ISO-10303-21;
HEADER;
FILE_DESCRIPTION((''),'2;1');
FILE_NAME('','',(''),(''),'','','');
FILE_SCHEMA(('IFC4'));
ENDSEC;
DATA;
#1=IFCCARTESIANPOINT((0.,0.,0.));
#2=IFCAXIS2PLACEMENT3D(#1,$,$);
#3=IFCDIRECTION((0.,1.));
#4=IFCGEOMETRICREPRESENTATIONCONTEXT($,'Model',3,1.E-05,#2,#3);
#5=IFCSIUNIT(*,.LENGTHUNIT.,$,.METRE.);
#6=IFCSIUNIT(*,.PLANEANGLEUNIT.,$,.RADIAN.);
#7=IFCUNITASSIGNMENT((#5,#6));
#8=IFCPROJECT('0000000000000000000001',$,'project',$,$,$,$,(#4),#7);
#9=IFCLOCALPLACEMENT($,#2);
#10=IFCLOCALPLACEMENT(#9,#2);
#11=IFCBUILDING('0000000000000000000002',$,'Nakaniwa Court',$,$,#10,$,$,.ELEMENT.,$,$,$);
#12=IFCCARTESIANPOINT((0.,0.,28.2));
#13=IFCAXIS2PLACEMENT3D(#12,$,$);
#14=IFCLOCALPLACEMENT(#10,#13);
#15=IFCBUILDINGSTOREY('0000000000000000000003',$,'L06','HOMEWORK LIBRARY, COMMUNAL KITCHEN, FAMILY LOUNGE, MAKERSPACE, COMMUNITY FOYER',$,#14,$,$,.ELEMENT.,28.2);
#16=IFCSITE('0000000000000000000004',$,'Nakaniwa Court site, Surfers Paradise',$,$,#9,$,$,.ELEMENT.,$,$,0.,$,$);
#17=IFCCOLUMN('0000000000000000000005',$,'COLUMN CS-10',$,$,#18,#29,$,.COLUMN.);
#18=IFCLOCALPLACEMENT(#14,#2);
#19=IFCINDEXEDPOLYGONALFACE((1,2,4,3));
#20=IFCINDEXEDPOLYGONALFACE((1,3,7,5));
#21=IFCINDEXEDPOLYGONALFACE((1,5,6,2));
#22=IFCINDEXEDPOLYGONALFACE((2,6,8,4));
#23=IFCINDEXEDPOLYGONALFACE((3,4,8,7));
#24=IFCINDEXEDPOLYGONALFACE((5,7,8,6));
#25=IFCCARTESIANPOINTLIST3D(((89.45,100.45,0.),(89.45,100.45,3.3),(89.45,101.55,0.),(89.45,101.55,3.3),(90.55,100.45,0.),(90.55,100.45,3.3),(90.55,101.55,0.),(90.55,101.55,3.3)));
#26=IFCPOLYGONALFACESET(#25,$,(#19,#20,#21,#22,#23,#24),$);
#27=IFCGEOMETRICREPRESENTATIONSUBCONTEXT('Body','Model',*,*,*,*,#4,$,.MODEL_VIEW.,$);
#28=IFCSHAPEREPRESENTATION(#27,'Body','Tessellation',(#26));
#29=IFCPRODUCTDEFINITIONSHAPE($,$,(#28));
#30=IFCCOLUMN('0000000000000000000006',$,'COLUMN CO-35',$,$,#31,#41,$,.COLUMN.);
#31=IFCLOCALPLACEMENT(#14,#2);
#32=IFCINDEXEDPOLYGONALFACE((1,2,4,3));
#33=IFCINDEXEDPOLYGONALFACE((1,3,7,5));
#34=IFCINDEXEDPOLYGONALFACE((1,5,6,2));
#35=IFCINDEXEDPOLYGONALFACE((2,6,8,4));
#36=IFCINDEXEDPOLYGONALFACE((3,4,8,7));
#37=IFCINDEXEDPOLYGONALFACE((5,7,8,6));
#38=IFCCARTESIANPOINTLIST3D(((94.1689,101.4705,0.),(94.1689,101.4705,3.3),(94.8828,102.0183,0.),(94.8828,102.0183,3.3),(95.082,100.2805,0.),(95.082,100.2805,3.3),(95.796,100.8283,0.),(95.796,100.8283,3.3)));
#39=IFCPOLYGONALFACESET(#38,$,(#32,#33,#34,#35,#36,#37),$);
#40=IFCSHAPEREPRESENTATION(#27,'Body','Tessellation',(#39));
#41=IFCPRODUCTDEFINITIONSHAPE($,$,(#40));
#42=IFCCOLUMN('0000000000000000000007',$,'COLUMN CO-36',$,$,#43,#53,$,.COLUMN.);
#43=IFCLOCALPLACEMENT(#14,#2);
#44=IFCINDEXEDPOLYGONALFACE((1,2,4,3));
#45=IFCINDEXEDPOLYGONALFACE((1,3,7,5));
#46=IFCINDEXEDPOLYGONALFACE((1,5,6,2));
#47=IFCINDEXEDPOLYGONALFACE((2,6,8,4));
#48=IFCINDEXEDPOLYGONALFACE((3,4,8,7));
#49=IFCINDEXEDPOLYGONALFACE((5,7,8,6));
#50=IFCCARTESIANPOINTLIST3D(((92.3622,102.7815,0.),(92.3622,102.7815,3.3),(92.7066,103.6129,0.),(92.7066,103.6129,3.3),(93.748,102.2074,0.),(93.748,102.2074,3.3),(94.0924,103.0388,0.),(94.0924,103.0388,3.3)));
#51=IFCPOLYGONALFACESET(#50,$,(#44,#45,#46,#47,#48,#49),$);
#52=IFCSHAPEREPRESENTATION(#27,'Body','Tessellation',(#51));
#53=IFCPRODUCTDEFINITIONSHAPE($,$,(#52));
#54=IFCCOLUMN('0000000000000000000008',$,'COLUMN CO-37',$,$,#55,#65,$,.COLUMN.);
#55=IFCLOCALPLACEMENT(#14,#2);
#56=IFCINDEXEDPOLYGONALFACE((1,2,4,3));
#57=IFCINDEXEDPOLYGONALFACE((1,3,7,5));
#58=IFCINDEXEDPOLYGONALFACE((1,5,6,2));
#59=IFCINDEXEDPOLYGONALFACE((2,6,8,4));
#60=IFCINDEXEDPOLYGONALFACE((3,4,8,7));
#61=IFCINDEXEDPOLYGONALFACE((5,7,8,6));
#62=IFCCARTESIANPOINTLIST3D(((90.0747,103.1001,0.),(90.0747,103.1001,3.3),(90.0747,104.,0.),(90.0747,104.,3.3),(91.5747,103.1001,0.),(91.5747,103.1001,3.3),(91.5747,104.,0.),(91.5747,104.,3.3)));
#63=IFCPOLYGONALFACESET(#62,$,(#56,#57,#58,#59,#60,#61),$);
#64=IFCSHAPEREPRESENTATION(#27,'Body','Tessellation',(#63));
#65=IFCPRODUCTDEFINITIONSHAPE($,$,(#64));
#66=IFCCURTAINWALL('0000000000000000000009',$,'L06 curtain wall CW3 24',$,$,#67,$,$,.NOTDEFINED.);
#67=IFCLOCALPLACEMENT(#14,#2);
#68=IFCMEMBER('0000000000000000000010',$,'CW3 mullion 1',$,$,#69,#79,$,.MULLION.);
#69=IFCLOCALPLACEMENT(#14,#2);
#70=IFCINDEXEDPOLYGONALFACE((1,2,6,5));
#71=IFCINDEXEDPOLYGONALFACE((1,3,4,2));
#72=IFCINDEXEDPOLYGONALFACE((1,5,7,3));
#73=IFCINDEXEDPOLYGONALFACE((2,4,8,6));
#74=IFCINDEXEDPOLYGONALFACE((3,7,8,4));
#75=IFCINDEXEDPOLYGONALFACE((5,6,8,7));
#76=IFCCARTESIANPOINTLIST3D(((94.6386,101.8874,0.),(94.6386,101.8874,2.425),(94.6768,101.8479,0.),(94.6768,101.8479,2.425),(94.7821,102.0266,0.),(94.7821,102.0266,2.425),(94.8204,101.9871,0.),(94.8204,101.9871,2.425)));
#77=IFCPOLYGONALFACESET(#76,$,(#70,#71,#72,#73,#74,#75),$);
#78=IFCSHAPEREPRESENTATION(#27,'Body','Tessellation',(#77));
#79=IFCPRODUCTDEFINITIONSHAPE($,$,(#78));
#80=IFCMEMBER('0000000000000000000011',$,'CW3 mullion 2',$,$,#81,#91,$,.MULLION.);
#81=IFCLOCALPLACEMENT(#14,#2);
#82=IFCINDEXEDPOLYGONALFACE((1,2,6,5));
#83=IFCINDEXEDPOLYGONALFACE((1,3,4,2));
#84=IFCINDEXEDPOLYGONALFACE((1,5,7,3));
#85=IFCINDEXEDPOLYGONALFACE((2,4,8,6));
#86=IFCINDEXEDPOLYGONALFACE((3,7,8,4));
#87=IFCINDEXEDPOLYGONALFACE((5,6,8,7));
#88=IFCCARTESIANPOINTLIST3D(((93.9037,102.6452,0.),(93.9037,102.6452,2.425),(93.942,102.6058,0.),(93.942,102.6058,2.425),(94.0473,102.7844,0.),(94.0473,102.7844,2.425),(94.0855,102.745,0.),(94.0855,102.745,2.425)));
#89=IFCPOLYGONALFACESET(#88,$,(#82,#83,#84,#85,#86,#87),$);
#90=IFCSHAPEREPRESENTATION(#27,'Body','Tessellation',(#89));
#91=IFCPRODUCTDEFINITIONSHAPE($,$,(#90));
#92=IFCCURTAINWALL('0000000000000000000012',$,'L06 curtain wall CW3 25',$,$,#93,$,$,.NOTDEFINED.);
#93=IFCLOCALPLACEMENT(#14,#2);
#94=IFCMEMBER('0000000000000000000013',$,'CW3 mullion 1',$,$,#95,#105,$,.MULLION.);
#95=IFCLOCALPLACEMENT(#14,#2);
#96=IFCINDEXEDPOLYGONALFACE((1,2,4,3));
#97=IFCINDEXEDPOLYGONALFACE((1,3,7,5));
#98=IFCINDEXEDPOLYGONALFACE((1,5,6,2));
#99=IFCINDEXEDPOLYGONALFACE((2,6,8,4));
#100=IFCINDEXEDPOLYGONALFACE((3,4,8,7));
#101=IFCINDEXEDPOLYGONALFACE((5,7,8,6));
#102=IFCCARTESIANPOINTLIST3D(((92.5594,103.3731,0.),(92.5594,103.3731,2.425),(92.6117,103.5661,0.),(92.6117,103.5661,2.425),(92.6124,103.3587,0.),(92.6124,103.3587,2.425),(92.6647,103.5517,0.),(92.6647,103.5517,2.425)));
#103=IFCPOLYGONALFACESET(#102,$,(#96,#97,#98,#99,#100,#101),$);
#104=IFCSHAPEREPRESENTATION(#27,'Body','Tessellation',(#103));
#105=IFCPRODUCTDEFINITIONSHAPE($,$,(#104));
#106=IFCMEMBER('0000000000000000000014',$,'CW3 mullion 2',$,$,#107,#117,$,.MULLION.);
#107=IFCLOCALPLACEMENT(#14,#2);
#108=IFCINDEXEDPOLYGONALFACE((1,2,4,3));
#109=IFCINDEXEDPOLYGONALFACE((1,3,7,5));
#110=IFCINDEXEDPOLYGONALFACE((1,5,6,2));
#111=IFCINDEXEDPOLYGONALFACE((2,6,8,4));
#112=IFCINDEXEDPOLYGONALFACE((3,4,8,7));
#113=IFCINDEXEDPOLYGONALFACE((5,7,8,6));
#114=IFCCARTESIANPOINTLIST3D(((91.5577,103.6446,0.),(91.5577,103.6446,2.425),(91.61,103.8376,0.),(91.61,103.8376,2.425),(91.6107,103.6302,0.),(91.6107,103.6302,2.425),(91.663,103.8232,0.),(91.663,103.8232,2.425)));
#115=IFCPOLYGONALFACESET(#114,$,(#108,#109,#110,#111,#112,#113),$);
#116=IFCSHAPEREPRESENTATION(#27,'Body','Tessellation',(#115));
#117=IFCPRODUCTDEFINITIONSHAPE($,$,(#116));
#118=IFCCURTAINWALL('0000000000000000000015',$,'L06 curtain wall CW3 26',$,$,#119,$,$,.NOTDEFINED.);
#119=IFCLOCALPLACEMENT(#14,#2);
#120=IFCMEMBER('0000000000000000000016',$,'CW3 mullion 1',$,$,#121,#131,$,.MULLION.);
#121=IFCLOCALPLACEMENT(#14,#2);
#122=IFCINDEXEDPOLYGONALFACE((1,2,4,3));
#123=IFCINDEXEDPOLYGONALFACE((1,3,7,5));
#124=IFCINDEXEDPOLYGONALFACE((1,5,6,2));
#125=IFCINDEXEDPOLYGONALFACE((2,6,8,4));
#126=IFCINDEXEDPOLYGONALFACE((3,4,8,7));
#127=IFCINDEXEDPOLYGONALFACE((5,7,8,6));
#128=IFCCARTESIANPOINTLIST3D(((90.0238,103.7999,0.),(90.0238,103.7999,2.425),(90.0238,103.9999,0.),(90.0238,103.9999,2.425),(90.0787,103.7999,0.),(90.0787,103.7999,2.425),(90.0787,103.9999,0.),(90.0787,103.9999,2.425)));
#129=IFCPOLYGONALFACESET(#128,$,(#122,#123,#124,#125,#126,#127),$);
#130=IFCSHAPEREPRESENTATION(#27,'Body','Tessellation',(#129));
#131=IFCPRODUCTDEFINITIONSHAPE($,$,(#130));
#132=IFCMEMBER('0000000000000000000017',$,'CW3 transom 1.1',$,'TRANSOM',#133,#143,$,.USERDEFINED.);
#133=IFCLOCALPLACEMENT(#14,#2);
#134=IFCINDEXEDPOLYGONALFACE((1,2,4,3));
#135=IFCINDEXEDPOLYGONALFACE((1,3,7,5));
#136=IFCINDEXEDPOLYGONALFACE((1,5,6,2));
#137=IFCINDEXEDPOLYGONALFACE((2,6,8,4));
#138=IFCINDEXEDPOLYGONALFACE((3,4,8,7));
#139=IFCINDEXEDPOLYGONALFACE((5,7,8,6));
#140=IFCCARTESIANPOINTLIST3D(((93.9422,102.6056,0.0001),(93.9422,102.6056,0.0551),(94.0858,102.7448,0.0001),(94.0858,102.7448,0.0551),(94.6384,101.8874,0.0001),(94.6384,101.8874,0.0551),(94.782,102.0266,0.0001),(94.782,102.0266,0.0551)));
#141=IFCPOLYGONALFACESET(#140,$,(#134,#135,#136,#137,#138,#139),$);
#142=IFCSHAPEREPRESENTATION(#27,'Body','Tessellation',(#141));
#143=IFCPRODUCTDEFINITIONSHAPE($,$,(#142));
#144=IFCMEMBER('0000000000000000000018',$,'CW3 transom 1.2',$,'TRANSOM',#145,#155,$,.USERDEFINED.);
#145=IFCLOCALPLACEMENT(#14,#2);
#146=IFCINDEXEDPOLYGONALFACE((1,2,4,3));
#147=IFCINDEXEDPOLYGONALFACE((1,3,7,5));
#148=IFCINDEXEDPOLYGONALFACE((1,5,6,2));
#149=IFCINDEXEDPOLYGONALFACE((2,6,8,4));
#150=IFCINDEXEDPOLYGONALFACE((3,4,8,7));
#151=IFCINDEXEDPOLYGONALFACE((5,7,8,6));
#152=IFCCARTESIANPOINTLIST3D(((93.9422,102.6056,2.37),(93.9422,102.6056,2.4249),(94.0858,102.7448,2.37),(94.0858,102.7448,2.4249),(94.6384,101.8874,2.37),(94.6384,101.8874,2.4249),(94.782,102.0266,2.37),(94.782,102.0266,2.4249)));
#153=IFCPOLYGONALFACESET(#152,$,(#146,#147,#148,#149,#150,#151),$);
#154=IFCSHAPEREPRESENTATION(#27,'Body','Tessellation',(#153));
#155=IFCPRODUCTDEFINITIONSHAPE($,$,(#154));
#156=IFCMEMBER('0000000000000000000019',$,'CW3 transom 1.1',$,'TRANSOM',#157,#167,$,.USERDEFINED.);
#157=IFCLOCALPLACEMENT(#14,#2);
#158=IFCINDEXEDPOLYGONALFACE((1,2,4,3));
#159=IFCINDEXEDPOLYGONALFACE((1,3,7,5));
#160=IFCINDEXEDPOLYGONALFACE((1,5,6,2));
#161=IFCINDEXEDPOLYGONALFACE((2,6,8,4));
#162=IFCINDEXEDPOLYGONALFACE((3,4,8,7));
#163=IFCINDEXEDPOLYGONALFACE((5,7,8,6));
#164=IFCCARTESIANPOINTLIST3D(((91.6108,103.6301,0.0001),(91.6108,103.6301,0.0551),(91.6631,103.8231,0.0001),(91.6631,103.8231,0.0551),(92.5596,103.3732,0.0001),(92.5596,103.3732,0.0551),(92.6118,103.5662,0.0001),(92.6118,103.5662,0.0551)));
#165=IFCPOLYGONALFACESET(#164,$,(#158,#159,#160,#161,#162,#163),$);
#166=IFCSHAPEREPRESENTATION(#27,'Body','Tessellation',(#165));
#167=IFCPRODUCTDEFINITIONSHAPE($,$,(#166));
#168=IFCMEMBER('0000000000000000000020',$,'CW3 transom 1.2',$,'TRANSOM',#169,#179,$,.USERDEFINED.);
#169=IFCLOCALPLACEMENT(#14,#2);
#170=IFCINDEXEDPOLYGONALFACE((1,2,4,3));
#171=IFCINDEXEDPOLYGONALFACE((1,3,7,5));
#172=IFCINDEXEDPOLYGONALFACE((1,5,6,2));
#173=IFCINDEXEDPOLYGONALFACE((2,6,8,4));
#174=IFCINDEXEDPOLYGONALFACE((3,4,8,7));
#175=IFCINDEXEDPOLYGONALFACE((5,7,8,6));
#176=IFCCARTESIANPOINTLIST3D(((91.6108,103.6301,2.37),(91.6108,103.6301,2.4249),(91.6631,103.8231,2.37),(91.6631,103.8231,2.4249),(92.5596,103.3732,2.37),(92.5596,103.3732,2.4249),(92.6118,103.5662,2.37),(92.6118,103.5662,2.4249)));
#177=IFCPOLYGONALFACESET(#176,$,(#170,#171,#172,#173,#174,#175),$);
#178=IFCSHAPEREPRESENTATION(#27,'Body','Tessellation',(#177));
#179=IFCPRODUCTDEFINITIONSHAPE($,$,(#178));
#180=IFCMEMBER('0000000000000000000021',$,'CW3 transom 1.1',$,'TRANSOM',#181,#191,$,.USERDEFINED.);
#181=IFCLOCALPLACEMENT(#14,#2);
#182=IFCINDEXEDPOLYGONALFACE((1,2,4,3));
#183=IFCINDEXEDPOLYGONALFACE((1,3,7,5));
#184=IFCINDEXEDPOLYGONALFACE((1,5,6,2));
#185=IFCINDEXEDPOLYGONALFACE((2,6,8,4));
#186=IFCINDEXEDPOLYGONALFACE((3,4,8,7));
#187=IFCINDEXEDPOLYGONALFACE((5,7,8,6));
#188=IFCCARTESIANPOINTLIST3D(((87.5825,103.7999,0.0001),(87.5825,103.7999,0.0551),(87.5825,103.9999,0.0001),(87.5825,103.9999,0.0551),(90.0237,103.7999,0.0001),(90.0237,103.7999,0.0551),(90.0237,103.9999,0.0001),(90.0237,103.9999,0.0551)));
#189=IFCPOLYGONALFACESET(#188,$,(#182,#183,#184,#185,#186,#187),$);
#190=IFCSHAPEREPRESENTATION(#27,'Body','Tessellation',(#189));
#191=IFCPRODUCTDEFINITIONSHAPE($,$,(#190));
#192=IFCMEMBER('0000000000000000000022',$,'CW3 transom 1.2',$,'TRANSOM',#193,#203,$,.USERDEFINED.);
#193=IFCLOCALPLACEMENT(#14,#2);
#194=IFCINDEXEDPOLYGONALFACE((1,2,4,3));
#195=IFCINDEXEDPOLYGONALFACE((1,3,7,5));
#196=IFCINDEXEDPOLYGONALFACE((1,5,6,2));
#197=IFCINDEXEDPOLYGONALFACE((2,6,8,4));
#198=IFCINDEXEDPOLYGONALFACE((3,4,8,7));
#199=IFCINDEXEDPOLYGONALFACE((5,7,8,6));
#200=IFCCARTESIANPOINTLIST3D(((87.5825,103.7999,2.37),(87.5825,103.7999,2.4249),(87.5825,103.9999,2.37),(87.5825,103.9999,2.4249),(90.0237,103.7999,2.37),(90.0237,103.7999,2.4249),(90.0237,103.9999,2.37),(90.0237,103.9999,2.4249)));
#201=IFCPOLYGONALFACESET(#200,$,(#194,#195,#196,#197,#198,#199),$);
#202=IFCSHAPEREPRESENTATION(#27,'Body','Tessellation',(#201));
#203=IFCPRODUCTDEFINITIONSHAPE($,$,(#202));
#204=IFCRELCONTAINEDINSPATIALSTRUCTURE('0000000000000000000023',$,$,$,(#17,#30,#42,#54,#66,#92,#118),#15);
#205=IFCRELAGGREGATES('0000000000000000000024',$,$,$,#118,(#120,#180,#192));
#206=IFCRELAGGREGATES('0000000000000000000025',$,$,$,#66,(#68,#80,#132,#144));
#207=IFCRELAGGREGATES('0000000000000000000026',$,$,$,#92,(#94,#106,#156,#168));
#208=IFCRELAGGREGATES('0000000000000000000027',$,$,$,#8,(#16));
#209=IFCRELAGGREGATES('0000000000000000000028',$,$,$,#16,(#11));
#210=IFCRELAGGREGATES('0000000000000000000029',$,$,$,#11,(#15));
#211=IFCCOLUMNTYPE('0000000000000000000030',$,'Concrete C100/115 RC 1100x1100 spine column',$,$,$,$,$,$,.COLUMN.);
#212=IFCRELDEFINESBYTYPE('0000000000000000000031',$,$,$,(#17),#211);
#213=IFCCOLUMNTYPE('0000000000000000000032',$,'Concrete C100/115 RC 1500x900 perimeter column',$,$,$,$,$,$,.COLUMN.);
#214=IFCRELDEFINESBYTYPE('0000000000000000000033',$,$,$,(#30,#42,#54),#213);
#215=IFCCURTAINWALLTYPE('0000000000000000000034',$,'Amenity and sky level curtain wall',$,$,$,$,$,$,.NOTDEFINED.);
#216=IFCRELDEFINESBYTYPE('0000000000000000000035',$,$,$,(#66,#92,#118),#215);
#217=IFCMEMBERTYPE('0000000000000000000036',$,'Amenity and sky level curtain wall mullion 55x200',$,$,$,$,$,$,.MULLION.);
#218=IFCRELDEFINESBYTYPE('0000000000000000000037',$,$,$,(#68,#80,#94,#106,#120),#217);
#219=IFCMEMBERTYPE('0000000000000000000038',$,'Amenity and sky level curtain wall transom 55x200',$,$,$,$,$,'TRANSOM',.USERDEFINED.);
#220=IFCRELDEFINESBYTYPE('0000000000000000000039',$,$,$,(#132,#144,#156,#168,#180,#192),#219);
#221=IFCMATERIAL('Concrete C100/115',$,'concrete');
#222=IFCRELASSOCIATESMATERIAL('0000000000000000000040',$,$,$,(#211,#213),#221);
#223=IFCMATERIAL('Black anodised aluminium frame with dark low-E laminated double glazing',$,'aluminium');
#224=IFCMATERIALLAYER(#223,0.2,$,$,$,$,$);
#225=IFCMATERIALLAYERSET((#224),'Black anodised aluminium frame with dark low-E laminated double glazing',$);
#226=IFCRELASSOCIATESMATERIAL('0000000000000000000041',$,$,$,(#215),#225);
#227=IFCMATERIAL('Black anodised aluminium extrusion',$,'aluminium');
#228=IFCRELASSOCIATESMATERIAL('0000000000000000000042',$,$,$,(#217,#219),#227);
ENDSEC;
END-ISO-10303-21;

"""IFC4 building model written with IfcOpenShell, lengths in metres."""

from ifc_helpers import new_model, si_unit, direction, frame, origin, origin_2d, place, context, subcontext, project, spatial, rectangle, extrude, material, layer, layer_set, material_profile, profile_set, type_object, element, aggregate, save


model = new_model("IFC4")

# Units and contexts
model_context = context("Model", 3, precision=1e-05, world=origin(), true_north=direction((0.0, 1.0)))
body_context = subcontext(model_context, "Body", "Model", "MODEL_VIEW")
ifc_project = project(units=[si_unit("LENGTHUNIT", "METRE"), si_unit("PLANEANGLEUNIT", "RADIAN")], contexts=[model_context])

# Site, building, storey
site_placement = place(None, origin())
site = spatial("IfcSite", under=ifc_project, at=site_placement, Name="Nakaniwa Court site, Surfers Paradise", CompositionType="ELEMENT", RefElevation=0.0)
building_placement = place(site_placement, origin())
building = spatial("IfcBuilding", under=site, at=building_placement, Name="Nakaniwa Court", CompositionType="ELEMENT")
storey_placement = place(building_placement, frame((0.0, 0.0, 28.2)))
storey = spatial("IfcBuildingStorey", under=building, at=storey_placement, Name="L06", Description="HOMEWORK LIBRARY, COMMUNAL KITCHEN, FAMILY LOUNGE, MAKERSPACE, COMMUNITY FOYER", CompositionType="ELEMENT", Elevation=28.2)

# Columns
ifc_material_1 = material(Name="Concrete C100/115", Category="concrete")
ifc_material_profile_1 = material_profile(ifc_material_1, rectangle(XDim=1.1001, YDim=1.1001, at=origin_2d()), Name="Concrete C100/115 RC 1100x1100 spine column")
ifc_profile_set_1 = profile_set([ifc_material_profile_1], Name="Concrete C100/115")
column_type_1 = type_object("IfcColumnType", Name="Concrete C100/115 RC 1100x1100 spine column", PredefinedType="COLUMN", material=ifc_profile_set_1)
column_placement = place(storey_placement, frame((90.0, 101.0, 0.0), z_axis=(0.0, 0.0, 1.0), x_axis=(0.0, 1.0, 0.0)))
element("IfcColumn", 1, at=column_placement, inside=storey, type_object=column_type_1, Name="COLUMN CS-10", PredefinedType="COLUMN", context=body_context, shape_type="SweptSolid", body=[
    extrude(rectangle(XDim=1.1001, YDim=1.1001, at=origin_2d()), origin(), (0.0, 0.0, 1.0), 3.3),
])
ifc_material_profile_2 = material_profile(ifc_material_1, rectangle(XDim=1.5, YDim=0.8999, at=origin_2d()), Name="Concrete C100/115 RC 1500x900 perimeter column")
ifc_profile_set_2 = profile_set([ifc_material_profile_2], Name="Concrete C100/115")
column_type_2 = type_object("IfcColumnType", Name="Concrete C100/115 RC 1500x900 perimeter column", PredefinedType="COLUMN", material=ifc_profile_set_2)
for number, where, z_axis, x_axis, name in (
    (2, (94.9824, 101.1494, 0.0), (0.0, 0.0, 1.0), (-0.608761, 0.793353, 0.0), "COLUMN CO-35"),
    (3, (93.2273, 102.9102, 0.0), (0.0, 0.0, 1.0), (-0.92388, 0.382683, 0.0), "COLUMN CO-36"),
    (4, (90.8247, 103.55, 0.0), (0.0, 0.0, 1.0), (-1.0, 0.0, 0.0), "COLUMN CO-37"),
):
    element("IfcColumn", number, at=place(storey_placement, frame(where, z_axis=z_axis, x_axis=x_axis)), inside=storey, type_object=column_type_2, Name=name, PredefinedType="COLUMN", context=body_context, shape_type="SweptSolid", body=[
        extrude(rectangle(XDim=1.5, YDim=0.8999, at=origin_2d()), origin(), (0.0, 0.0, 1.0), 3.3),
    ])

# Curtain walls, members
ifc_material_2 = material(Name="Black anodised aluminium frame with dark low-E laminated double glazing", Category="aluminium")
ifc_layer_1 = layer(ifc_material_2, 0.2)
ifc_layer_set_1 = layer_set([ifc_layer_1], Name="Black anodised aluminium frame with dark low-E laminated double glazing")
curtain_wall_type = type_object("IfcCurtainWallType", Name="Amenity and sky level curtain wall", PredefinedType="NOTDEFINED", material=ifc_layer_set_1)
curtain_wall_1_placement = place(storey_placement, origin())
curtain_wall_1 = element("IfcCurtainWall", 5, at=curtain_wall_1_placement, inside=storey, type_object=curtain_wall_type, Name="L06 curtain wall CW3 24", PredefinedType="NOTDEFINED")
ifc_material_3 = material(Name="Black anodised aluminium extrusion", Category="aluminium")
ifc_material_profile_3 = material_profile(ifc_material_3, rectangle(XDim=0.2, YDim=0.0549, at=origin_2d()), Name="Amenity and sky level curtain wall mullion 55x200")
ifc_profile_set_3 = profile_set([ifc_material_profile_3], Name="Black anodised aluminium extrusion")
member_type_1 = type_object("IfcMemberType", Name="Amenity and sky level curtain wall mullion 55x200", PredefinedType="MULLION", material=ifc_profile_set_3)
member_1_placement = place(storey_placement, frame((94.7295, 101.9373, 0.0), z_axis=(0.0, 0.0, 1.0), x_axis=(-0.717876, -0.696171, 0.0)))
member_1 = element("IfcMember", 6, at=member_1_placement, type_object=member_type_1, Name="CW3 mullion 1", PredefinedType="MULLION", context=body_context, shape_type="SweptSolid", body=[
    extrude(rectangle(XDim=0.2, YDim=0.0549, at=origin_2d()), origin(), (0.0, 0.0, 1.0), 2.425),
])
member_2_placement = place(storey_placement, frame((93.9946, 102.6951, 0.0), z_axis=(0.0, 0.0, 1.0), x_axis=(-0.717876, -0.696171, 0.0)))
member_2 = element("IfcMember", 7, at=member_2_placement, type_object=member_type_1, Name="CW3 mullion 2", PredefinedType="MULLION", context=body_context, shape_type="SweptSolid", body=[
    extrude(rectangle(XDim=0.2, YDim=0.0549, at=origin_2d()), origin(), (0.0, 0.0, 1.0), 2.425),
])
curtain_wall_2_placement = place(storey_placement, origin())
curtain_wall_2 = element("IfcCurtainWall", 8, at=curtain_wall_2_placement, inside=storey, type_object=curtain_wall_type, Name="L06 curtain wall CW3 25", PredefinedType="NOTDEFINED")
member_3_placement = place(storey_placement, frame((92.6121, 103.4624, 0.0), z_axis=(0.0, 0.0, 1.0), x_axis=(-0.261437, -0.965221, 0.0)))
member_3 = element("IfcMember", 9, at=member_3_placement, type_object=member_type_1, Name="CW3 mullion 1", PredefinedType="MULLION", context=body_context, shape_type="SweptSolid", body=[
    extrude(rectangle(XDim=0.2, YDim=0.0549, at=origin_2d()), origin(), (0.0, 0.0, 1.0), 2.425),
])
member_4_placement = place(storey_placement, frame((91.6104, 103.7339, 0.0), z_axis=(0.0, 0.0, 1.0), x_axis=(-0.261437, -0.965221, 0.0)))
member_4 = element("IfcMember", 10, at=member_4_placement, type_object=member_type_1, Name="CW3 mullion 2", PredefinedType="MULLION", context=body_context, shape_type="SweptSolid", body=[
    extrude(rectangle(XDim=0.2, YDim=0.0549, at=origin_2d()), origin(), (0.0, 0.0, 1.0), 2.425),
])

# Curtain wall, member
curtain_wall_3_placement = place(storey_placement, origin())
curtain_wall_3 = element("IfcCurtainWall", 11, at=curtain_wall_3_placement, inside=storey, type_object=curtain_wall_type, Name="L06 curtain wall CW3 26", PredefinedType="NOTDEFINED")
member_5_placement = place(storey_placement, frame((90.0513, 103.8999, 0.0), z_axis=(0.0, 0.0, 1.0), x_axis=(0.0, -1.0, 0.0)))
member_5 = element("IfcMember", 12, at=member_5_placement, type_object=member_type_1, Name="CW3 mullion 1", PredefinedType="MULLION", context=body_context, shape_type="SweptSolid", body=[
    extrude(rectangle(XDim=0.2, YDim=0.0549, at=origin_2d()), origin(), (0.0, 0.0, 1.0), 2.425),
])

# Members
ifc_material_profile_4 = material_profile(ifc_material_3, rectangle(XDim=0.2, YDim=0.0549, at=origin_2d()), Name="Amenity and sky level curtain wall transom 55x200")
ifc_profile_set_4 = profile_set([ifc_material_profile_4], Name="Black anodised aluminium extrusion")
member_type_2 = type_object("IfcMemberType", Name="Amenity and sky level curtain wall transom 55x200", ElementType="TRANSOM", PredefinedType="USERDEFINED", material=ifc_profile_set_4)
member_6_placement = place(storey_placement, frame((94.7102, 101.957, 0.0276), z_axis=(-0.696039, 0.718004, 0.0), x_axis=(-0.718004, -0.696039, 0.0)))
member_6 = element("IfcMember", 13, at=member_6_placement, type_object=member_type_2, Name="CW3 transom 1.1", ObjectType="TRANSOM", PredefinedType="USERDEFINED", context=body_context, shape_type="SweptSolid", body=[
    extrude(rectangle(XDim=0.2, YDim=0.0549, at=origin_2d()), origin(), (0.0, 0.0, 1.0), 1.0002),
])
member_7_placement = place(storey_placement, frame((94.7102, 101.957, 2.3975), z_axis=(-0.696039, 0.718004, 0.0), x_axis=(-0.718004, -0.696039, 0.0)))
member_7 = element("IfcMember", 14, at=member_7_placement, type_object=member_type_2, Name="CW3 transom 1.2", ObjectType="TRANSOM", PredefinedType="USERDEFINED", context=body_context, shape_type="SweptSolid", body=[
    extrude(rectangle(XDim=0.2, YDim=0.0549, at=origin_2d()), origin(), (0.0, 0.0, 1.0), 1.0002),
])
member_8_placement = place(storey_placement, frame((92.5857, 103.4697, 0.0276), z_axis=(-0.965255, 0.261309, 0.0), x_axis=(-0.261309, -0.965255, 0.0)))
member_8 = element("IfcMember", 15, at=member_8_placement, type_object=member_type_2, Name="CW3 transom 1.1", ObjectType="TRANSOM", PredefinedType="USERDEFINED", context=body_context, shape_type="SweptSolid", body=[
    extrude(rectangle(XDim=0.2, YDim=0.0549, at=origin_2d()), origin(), (0.0, 0.0, 1.0), 0.9829),
])
member_9_placement = place(storey_placement, frame((92.5857, 103.4697, 2.3975), z_axis=(-0.965255, 0.261309, 0.0), x_axis=(-0.261309, -0.965255, 0.0)))
member_9 = element("IfcMember", 16, at=member_9_placement, type_object=member_type_2, Name="CW3 transom 1.2", ObjectType="TRANSOM", PredefinedType="USERDEFINED", context=body_context, shape_type="SweptSolid", body=[
    extrude(rectangle(XDim=0.2, YDim=0.0549, at=origin_2d()), origin(), (0.0, 0.0, 1.0), 0.9829),
])
member_10_placement = place(storey_placement, frame((90.0237, 103.8999, 0.0276), z_axis=(-1.0, 0.0, 0.0), x_axis=(0.0, -1.0, 0.0)))
member_10 = element("IfcMember", 17, at=member_10_placement, type_object=member_type_2, Name="CW3 transom 1.1", ObjectType="TRANSOM", PredefinedType="USERDEFINED", context=body_context, shape_type="SweptSolid", body=[
    extrude(rectangle(XDim=0.2, YDim=0.0549, at=origin_2d()), origin(), (0.0, 0.0, 1.0), 2.4412),
])
member_11_placement = place(storey_placement, frame((90.0237, 103.8999, 2.3975), z_axis=(-1.0, 0.0, 0.0), x_axis=(0.0, -1.0, 0.0)))
member_11 = element("IfcMember", 18, at=member_11_placement, type_object=member_type_2, Name="CW3 transom 1.2", ObjectType="TRANSOM", PredefinedType="USERDEFINED", context=body_context, shape_type="SweptSolid", body=[
    extrude(rectangle(XDim=0.2, YDim=0.0549, at=origin_2d()), origin(), (0.0, 0.0, 1.0), 2.4412),
])
aggregate(curtain_wall_3, [member_5, member_10, member_11])

aggregate(curtain_wall_1, [member_1, member_2, member_6, member_7])
aggregate(curtain_wall_2, [member_3, member_4, member_8, member_9])

save(model, "model.ifc")
